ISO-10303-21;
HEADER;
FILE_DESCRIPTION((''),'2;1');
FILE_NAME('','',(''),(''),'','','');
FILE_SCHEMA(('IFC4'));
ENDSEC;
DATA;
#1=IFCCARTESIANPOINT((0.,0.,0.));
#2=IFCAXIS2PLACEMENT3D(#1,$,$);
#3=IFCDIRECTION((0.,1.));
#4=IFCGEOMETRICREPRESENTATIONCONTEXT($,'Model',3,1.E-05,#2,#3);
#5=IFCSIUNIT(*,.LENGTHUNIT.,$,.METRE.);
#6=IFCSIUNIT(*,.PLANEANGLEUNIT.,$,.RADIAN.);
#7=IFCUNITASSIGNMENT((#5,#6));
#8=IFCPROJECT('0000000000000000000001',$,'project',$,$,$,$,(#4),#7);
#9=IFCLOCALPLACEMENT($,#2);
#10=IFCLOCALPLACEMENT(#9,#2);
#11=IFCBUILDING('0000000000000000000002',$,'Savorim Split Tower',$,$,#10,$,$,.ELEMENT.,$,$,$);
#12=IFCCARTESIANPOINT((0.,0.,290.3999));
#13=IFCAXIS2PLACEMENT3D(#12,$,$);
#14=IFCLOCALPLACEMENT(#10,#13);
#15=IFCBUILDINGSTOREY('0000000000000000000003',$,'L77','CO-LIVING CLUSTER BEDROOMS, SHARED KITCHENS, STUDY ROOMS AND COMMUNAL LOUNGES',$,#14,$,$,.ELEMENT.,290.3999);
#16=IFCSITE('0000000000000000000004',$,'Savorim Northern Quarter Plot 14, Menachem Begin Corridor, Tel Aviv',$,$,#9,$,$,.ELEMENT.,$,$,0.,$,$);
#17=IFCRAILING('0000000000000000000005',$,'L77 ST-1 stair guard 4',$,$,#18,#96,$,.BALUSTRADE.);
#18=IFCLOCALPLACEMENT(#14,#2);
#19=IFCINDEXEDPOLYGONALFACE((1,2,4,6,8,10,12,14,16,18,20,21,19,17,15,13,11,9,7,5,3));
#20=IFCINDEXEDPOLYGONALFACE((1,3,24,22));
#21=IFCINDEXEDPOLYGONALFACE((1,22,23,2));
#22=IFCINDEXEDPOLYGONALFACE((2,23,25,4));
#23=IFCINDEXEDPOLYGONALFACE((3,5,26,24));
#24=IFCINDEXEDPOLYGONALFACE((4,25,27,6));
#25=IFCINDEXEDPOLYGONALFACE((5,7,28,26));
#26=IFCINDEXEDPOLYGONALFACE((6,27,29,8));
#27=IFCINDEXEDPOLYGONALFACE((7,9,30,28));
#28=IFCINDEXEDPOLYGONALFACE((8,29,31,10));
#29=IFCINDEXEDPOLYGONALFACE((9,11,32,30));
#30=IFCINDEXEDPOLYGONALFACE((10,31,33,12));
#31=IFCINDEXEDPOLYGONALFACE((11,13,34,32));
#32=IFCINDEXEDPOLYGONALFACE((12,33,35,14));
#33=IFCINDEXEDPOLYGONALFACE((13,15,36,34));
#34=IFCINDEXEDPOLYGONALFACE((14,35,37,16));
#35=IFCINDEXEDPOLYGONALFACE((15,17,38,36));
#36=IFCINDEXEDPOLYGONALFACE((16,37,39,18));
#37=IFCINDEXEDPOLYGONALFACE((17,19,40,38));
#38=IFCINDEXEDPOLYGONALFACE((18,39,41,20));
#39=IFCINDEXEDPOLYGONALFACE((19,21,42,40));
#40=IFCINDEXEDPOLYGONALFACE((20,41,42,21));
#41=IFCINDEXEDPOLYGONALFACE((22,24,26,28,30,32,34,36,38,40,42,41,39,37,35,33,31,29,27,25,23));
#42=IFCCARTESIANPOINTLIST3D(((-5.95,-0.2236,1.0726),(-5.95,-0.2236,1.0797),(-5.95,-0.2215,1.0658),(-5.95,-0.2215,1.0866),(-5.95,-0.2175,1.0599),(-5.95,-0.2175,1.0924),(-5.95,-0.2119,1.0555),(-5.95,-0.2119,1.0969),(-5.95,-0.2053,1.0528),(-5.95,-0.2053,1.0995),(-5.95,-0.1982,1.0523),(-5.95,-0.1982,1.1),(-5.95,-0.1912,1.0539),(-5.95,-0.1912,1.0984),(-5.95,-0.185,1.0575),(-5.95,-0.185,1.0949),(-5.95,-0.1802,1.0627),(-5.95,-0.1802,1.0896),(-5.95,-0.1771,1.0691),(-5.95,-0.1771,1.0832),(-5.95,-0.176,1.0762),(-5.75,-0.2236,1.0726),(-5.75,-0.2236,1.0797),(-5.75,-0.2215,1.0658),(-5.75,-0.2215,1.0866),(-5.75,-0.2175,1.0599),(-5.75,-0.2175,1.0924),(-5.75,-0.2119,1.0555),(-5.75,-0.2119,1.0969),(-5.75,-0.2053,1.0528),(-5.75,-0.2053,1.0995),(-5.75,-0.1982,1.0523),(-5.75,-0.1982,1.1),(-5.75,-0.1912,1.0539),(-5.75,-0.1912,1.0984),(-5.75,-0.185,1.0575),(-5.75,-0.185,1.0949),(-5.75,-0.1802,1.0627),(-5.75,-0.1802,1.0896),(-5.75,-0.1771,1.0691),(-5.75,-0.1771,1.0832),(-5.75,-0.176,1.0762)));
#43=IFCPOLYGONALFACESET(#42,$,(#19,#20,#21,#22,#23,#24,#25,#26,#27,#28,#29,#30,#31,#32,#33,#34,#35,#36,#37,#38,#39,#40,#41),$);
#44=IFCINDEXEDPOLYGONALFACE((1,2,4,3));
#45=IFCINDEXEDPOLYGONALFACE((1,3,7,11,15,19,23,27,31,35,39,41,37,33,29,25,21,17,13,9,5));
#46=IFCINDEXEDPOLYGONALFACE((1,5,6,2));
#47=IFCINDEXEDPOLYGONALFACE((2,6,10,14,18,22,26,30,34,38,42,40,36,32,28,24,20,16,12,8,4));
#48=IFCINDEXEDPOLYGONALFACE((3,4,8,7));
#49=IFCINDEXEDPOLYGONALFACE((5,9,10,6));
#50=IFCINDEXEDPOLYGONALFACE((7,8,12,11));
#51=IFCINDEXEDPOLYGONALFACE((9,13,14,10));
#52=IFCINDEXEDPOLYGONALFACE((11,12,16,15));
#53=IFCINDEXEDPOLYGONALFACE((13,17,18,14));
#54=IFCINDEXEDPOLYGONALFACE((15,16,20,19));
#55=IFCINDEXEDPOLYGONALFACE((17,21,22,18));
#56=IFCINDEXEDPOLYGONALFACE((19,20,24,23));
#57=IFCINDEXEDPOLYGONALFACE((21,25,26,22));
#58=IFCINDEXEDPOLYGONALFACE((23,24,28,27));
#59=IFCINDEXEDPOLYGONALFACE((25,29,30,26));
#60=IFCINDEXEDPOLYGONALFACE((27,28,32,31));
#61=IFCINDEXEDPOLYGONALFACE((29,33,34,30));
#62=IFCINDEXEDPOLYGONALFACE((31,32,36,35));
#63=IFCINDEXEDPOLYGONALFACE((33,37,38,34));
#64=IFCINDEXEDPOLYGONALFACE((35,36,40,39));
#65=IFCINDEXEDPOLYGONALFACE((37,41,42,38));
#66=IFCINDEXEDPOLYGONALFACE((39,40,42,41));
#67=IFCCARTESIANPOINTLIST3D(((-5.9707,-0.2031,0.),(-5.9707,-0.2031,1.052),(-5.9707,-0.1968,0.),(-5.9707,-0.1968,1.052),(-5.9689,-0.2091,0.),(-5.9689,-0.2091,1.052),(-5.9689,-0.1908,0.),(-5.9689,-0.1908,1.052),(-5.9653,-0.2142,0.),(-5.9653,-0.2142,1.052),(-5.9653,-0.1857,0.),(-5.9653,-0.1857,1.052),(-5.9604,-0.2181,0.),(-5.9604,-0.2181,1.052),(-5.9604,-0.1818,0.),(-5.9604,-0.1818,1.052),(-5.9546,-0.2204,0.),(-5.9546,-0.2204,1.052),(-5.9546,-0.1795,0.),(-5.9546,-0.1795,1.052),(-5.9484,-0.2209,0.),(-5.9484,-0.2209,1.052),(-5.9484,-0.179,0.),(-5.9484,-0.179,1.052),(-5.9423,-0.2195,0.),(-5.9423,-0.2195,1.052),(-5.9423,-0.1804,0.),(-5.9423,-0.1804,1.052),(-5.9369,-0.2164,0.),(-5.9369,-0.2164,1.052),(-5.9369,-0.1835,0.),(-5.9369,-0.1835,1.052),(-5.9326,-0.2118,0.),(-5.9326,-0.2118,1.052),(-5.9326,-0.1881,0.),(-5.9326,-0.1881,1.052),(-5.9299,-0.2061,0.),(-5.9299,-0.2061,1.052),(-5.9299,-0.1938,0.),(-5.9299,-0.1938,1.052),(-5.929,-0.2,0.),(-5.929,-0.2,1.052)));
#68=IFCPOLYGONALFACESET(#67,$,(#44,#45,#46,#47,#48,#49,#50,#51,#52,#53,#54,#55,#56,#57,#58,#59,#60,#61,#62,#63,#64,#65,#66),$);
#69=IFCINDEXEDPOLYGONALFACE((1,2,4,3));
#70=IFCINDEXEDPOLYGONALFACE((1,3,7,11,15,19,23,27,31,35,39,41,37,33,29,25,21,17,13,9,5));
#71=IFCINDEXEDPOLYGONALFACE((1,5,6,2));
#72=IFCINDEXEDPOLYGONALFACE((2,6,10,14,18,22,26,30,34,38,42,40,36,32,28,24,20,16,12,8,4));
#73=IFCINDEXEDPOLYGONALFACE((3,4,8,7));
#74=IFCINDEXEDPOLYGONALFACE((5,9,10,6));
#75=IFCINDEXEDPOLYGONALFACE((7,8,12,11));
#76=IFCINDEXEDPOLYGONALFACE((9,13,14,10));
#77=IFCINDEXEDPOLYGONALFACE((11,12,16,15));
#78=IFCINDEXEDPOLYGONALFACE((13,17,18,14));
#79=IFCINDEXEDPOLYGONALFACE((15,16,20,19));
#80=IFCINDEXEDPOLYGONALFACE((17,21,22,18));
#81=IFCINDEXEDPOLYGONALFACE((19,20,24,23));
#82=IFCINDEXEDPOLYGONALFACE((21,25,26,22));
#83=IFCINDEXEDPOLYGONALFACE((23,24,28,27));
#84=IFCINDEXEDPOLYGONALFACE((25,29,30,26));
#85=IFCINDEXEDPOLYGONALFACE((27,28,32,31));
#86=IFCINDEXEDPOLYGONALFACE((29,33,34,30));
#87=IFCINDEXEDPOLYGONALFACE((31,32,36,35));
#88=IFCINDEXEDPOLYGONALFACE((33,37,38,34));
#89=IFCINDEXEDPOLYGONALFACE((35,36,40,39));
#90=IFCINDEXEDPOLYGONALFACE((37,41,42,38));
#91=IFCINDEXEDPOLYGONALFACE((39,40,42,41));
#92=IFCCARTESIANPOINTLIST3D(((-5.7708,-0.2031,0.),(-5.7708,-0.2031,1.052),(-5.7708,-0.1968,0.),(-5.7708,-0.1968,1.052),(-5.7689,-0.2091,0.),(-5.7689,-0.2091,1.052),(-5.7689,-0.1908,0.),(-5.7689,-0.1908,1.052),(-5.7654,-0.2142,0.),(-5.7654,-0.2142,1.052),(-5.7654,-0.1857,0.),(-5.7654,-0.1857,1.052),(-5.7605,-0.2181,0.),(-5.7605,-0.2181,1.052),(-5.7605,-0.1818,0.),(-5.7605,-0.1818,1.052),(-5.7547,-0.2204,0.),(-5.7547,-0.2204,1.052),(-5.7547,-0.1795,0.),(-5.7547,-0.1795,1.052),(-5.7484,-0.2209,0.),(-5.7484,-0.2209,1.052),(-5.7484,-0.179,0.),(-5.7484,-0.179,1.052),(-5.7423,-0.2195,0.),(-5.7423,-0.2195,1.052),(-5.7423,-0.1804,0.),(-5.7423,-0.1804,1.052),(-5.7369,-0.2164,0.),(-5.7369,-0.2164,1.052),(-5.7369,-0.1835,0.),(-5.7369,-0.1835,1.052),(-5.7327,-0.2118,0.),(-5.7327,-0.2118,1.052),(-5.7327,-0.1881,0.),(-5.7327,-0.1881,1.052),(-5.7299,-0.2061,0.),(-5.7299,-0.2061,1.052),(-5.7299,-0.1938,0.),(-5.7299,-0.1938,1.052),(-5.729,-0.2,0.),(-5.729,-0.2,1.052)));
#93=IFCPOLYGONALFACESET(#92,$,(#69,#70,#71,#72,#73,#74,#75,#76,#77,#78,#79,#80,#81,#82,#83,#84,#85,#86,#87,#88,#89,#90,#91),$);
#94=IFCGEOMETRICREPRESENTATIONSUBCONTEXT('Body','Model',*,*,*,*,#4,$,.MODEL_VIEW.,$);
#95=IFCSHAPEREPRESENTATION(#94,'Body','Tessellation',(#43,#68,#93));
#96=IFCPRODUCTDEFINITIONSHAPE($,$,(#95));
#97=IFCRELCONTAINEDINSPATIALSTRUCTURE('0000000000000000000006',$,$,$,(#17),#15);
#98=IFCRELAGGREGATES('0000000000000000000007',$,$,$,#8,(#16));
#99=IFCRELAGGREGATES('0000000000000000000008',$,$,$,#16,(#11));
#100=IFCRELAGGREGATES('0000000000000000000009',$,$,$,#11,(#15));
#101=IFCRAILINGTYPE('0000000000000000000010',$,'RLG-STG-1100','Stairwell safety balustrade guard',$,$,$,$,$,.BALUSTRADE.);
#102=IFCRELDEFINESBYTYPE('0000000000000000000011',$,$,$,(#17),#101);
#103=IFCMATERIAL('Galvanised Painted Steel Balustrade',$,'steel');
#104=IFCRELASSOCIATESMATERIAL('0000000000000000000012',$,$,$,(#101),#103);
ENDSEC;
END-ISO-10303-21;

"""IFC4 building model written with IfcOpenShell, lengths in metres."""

from ifc_helpers import new_model, si_unit, direction, frame, origin, origin_2d, place, context, subcontext, project, spatial, circle, extrude, material, type_object, element, save


model = new_model("IFC4")

# Units and contexts
model_context = context("Model", 3, precision=1e-05, world=origin(), true_north=direction((0.0, 1.0)))
body_context = subcontext(model_context, "Body", "Model", "MODEL_VIEW")
ifc_project = project(units=[si_unit("LENGTHUNIT", "METRE"), si_unit("PLANEANGLEUNIT", "RADIAN")], contexts=[model_context])

# Site, building, storey
site_placement = place(None, origin())
site = spatial("IfcSite", under=ifc_project, at=site_placement, Name="Savorim Northern Quarter Plot 14, Menachem Begin Corridor, Tel Aviv", CompositionType="ELEMENT", RefElevation=0.0)
building_placement = place(site_placement, origin())
building = spatial("IfcBuilding", under=site, at=building_placement, Name="Savorim Split Tower", CompositionType="ELEMENT")
storey_placement = place(building_placement, frame((0.0, 0.0, 290.3999)))
storey = spatial("IfcBuildingStorey", under=building, at=storey_placement, Name="L77", Description="CO-LIVING CLUSTER BEDROOMS, SHARED KITCHENS, STUDY ROOMS AND COMMUNAL LOUNGES", CompositionType="ELEMENT", Elevation=290.3999)

# Railing
ifc_material_1 = material(Name="Galvanised Painted Steel Balustrade", Category="steel")
railing_type = type_object("IfcRailingType", Name="RLG-STG-1100", Description="Stairwell safety balustrade guard", PredefinedType="BALUSTRADE", material=ifc_material_1)
railing_1_placement = place(storey_placement, frame((-5.95, -0.2, 0.0)))
element("IfcRailing", 1, at=railing_1_placement, inside=storey, type_object=railing_type, Name="L77 ST-1 stair guard 4", PredefinedType="BALUSTRADE", context=body_context, shape_type="SweptSolid", body=[
    extrude(circle(Radius=0.0239, at=origin_2d()), frame((0.0, 0.0, 1.0762), z_axis=(1.0, 0.0, 0.0), x_axis=(0.0, 1.0, 0.0)), (0.0, 0.0, 1.0), 0.2),
    extrude(circle(Radius=0.021, at=origin_2d()), origin(), (0.0, 0.0, 1.0), 1.052),
    extrude(circle(Radius=0.021, at=origin_2d()), frame((0.2, 0.0, 0.0)), (0.0, 0.0, 1.0), 1.052),
])

save(model, "model.ifc")
